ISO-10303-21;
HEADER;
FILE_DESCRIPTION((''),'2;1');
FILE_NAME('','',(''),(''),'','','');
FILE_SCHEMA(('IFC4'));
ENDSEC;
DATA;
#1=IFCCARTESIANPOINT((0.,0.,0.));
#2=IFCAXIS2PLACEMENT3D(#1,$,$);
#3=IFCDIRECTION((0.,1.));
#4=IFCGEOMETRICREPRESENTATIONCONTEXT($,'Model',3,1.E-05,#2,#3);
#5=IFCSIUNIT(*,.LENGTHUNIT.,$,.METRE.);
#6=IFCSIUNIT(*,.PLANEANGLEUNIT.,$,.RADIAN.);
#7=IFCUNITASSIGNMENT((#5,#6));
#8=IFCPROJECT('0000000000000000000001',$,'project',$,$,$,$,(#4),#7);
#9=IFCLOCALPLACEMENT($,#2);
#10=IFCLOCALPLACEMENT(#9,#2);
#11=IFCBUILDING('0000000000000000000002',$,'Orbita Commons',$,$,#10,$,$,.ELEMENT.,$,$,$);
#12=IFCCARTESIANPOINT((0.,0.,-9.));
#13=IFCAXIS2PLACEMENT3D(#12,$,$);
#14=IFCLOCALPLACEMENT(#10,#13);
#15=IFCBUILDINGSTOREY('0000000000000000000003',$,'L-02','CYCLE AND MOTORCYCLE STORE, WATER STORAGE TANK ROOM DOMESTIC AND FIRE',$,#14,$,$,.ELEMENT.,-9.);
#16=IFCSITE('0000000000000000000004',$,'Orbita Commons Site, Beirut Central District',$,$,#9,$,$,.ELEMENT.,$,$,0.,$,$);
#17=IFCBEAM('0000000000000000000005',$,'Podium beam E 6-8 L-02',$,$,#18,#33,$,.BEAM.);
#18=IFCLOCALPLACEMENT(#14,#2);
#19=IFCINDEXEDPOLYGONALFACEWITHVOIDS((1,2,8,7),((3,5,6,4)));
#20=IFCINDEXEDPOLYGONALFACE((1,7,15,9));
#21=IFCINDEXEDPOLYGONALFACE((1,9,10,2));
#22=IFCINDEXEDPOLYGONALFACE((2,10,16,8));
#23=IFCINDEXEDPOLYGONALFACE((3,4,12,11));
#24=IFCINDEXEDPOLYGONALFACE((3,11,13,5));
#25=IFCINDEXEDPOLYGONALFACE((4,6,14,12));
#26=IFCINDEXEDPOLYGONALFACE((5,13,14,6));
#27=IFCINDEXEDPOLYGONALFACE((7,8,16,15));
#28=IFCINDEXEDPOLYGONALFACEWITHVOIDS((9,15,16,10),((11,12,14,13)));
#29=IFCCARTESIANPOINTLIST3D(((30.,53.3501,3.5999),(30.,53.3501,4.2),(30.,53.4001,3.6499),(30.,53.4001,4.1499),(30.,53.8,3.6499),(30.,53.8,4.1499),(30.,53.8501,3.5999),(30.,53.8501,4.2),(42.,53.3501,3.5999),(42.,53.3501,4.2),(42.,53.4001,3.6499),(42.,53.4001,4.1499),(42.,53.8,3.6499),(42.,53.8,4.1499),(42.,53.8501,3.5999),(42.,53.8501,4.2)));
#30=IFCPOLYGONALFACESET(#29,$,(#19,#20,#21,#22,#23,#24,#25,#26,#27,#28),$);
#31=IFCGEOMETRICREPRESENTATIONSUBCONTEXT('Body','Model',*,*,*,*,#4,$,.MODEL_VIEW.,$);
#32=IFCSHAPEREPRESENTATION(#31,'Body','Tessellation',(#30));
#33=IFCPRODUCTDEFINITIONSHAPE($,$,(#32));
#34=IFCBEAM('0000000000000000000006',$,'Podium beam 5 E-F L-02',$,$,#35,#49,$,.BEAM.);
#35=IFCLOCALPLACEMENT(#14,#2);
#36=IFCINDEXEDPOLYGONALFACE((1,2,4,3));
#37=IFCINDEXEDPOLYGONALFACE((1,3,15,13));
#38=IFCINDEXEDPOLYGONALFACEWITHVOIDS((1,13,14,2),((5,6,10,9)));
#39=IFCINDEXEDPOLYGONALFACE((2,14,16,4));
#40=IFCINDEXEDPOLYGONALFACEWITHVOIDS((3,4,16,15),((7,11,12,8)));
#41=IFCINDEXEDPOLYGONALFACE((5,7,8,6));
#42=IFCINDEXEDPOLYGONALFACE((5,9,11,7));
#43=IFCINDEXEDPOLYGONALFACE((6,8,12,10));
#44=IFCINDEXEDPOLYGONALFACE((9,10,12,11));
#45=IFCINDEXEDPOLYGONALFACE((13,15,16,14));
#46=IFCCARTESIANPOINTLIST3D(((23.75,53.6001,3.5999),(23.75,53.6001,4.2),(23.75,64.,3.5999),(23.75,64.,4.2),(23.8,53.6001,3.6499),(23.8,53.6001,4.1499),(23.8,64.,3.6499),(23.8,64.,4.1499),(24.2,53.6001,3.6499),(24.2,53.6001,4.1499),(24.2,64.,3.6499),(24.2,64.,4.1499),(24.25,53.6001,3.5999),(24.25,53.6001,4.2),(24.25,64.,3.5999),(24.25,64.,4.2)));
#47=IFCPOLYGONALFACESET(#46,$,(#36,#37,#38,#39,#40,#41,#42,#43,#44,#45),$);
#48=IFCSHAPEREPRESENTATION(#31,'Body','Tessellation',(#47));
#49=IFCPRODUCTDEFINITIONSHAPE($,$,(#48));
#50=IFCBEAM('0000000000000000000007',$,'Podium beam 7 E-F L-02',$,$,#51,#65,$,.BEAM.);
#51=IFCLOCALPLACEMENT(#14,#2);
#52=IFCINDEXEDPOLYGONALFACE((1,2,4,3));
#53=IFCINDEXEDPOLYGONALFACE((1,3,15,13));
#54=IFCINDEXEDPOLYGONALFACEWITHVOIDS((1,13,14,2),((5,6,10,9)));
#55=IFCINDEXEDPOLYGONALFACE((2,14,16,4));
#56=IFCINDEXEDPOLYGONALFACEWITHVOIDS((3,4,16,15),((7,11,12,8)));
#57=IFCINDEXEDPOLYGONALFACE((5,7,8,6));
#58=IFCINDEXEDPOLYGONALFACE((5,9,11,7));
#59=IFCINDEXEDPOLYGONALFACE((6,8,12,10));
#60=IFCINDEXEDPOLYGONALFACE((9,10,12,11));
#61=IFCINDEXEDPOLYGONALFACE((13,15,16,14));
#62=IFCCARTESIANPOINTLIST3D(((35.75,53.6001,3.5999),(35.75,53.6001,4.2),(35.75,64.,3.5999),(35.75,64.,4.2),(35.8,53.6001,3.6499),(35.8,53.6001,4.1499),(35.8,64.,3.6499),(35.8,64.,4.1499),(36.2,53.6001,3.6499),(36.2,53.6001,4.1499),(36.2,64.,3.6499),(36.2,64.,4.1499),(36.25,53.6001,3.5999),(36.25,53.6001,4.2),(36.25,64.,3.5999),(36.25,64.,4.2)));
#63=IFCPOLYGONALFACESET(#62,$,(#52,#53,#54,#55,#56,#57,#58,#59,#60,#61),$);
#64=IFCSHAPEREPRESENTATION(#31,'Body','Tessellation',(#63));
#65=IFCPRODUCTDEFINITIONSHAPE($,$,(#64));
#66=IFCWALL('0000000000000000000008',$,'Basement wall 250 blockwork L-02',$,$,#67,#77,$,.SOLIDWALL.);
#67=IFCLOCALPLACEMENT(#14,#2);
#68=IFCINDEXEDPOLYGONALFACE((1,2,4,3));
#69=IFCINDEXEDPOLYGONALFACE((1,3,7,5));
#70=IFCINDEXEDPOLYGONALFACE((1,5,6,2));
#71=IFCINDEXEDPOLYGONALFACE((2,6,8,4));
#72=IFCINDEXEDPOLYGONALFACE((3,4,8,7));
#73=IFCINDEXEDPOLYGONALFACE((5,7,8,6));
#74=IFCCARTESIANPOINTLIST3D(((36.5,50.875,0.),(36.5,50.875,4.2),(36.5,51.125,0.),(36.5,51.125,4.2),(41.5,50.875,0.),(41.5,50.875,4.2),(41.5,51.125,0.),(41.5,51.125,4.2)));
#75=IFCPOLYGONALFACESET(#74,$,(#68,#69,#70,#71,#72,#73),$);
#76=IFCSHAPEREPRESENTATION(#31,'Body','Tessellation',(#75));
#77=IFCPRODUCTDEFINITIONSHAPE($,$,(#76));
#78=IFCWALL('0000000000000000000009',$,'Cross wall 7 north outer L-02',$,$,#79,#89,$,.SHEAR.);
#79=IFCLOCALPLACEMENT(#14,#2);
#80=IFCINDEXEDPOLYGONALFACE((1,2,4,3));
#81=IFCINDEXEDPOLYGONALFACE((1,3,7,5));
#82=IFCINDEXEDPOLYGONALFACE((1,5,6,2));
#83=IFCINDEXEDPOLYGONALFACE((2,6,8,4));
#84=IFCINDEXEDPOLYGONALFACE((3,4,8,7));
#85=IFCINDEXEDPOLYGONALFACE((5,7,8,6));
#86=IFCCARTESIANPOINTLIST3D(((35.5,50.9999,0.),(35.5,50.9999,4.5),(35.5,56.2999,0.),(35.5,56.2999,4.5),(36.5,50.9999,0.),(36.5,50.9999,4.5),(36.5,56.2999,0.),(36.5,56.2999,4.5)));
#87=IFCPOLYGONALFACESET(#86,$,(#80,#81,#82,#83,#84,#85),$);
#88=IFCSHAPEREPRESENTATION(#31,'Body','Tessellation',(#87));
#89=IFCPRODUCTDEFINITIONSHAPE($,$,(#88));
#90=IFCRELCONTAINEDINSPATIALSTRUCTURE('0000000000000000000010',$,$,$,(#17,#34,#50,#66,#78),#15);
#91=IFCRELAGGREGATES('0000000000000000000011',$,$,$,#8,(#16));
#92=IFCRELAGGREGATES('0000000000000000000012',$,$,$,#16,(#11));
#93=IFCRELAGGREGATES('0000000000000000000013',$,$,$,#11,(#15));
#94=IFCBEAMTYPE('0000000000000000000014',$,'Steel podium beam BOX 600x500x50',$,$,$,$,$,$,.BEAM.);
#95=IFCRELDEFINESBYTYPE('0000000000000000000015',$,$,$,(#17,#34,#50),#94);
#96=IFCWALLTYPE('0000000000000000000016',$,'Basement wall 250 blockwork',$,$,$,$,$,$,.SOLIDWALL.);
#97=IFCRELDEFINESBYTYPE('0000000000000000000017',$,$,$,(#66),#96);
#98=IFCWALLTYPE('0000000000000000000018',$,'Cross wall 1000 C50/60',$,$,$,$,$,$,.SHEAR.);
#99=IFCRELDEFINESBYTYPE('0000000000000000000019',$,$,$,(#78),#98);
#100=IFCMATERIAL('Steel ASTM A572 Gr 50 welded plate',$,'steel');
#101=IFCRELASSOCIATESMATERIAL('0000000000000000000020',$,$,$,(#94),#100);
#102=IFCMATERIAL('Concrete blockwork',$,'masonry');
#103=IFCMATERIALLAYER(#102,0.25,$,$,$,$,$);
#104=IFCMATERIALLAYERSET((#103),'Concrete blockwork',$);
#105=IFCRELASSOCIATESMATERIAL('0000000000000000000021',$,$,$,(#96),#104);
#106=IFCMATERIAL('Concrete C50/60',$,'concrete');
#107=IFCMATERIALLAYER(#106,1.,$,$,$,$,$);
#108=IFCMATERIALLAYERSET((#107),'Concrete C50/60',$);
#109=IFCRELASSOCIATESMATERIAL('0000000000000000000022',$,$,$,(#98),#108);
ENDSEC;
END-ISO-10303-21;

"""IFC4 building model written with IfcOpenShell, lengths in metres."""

from ifc_helpers import new_model, si_unit, direction, frame, frame_2d, origin, origin_2d, place, context, subcontext, project, spatial, rectangle, hollow_rectangle, extrude, material, layer, layer_set, material_profile, profile_set, type_object, element, save


model = new_model("IFC4")

# Units and contexts
model_context = context("Model", 3, precision=1e-05, world=origin(), true_north=direction((0.0, 1.0)))
body_context = subcontext(model_context, "Body", "Model", "MODEL_VIEW")
ifc_project = project(units=[si_unit("LENGTHUNIT", "METRE"), si_unit("PLANEANGLEUNIT", "RADIAN")], contexts=[model_context])

# Site, building, storey
site_placement = place(None, origin())
site = spatial("IfcSite", under=ifc_project, at=site_placement, Name="Orbita Commons Site, Beirut Central District", CompositionType="ELEMENT", RefElevation=0.0)
building_placement = place(site_placement, origin())
building = spatial("IfcBuilding", under=site, at=building_placement, Name="Orbita Commons", CompositionType="ELEMENT")
storey_placement = place(building_placement, frame((0.0, 0.0, -9.0)))
storey = spatial("IfcBuildingStorey", under=building, at=storey_placement, Name="L-02", Description="CYCLE AND MOTORCYCLE STORE, WATER STORAGE TANK ROOM DOMESTIC AND FIRE", CompositionType="ELEMENT", Elevation=-9.0)

# Beams
ifc_material_1 = material(Name="Steel ASTM A572 Gr 50 welded plate", Category="steel")
ifc_material_profile_1 = material_profile(ifc_material_1, hollow_rectangle(XDim=0.5, YDim=0.6001, WallThickness=0.05, at=origin_2d()), Name="BOX 600x500x50")
ifc_profile_set_1 = profile_set([ifc_material_profile_1], Name="Steel ASTM A572 Gr 50 welded plate")
beam_type_1 = type_object("IfcBeamType", Name="Steel podium beam BOX 600x500x50", PredefinedType="BEAM", material=ifc_profile_set_1)
for number, where, z_axis, x_axis, name in (
    (1, (30.0, 53.6001, 3.8999), (1.0, 0.0, 0.0), (0.0, 1.0, 0.0), "Podium beam E 6-8 L-02"),
):
    element("IfcBeam", number, at=place(storey_placement, frame(where, z_axis=z_axis, x_axis=x_axis)), inside=storey, type_object=beam_type_1, Name=name, PredefinedType="BEAM", context=body_context, shape_type="SweptSolid", body=[
        extrude(hollow_rectangle(XDim=0.5, YDim=0.6001, WallThickness=0.05, at=origin_2d()), origin(), (0.0, 0.0, 1.0), 12.0),
    ])
for number, where, z_axis, x_axis, name in (
    (2, (24.0, 53.6001, 3.8999), (0.0, 1.0, 0.0), (-1.0, 0.0, 0.0), "Podium beam 5 E-F L-02"),
    (3, (36.0, 53.6001, 3.8999), (0.0, 1.0, 0.0), (-1.0, 0.0, 0.0), "Podium beam 7 E-F L-02"),
):
    element("IfcBeam", number, at=place(storey_placement, frame(where, z_axis=z_axis, x_axis=x_axis)), inside=storey, type_object=beam_type_1, Name=name, PredefinedType="BEAM", context=body_context, shape_type="SweptSolid", body=[
        extrude(hollow_rectangle(XDim=0.5, YDim=0.6001, WallThickness=0.05, at=origin_2d()), origin(), (0.0, 0.0, 1.0), 10.3999),
    ])

# Walls
ifc_material_2 = material(Name="Concrete blockwork", Category="masonry")
ifc_layer_1 = layer(ifc_material_2, 0.25)
ifc_layer_set_1 = layer_set([ifc_layer_1], Name="Concrete blockwork")
wall_type_1 = type_object("IfcWallType", Name="Basement wall 250 blockwork", PredefinedType="SOLIDWALL", material=ifc_layer_set_1)
wall_1_placement = place(storey_placement, frame((36.5, 51.0, 0.0), z_axis=(0.0, 0.0, 1.0), x_axis=(1.0, 0.0, 0.0)))
element("IfcWall", 4, at=wall_1_placement, inside=storey, type_object=wall_type_1, Name="Basement wall 250 blockwork L-02", PredefinedType="SOLIDWALL", context=body_context, shape_type="SweptSolid", body=[
    extrude(rectangle(XDim=5.0, YDim=0.25, at=frame_2d((2.5, 0.0))), origin(), (0.0, 0.0, 1.0), 4.2),
])
ifc_material_3 = material(Name="Concrete C50/60", Category="concrete")
ifc_layer_2 = layer(ifc_material_3, 1.0)
ifc_layer_set_2 = layer_set([ifc_layer_2], Name="Concrete C50/60")
wall_type_2 = type_object("IfcWallType", Name="Cross wall 1000 C50/60", PredefinedType="SHEAR", material=ifc_layer_set_2)
wall_2_placement = place(storey_placement, frame((36.0, 51.0, 0.0), z_axis=(0.0, 0.0, 1.0), x_axis=(0.0, 1.0, 0.0)))
element("IfcWall", 5, at=wall_2_placement, inside=storey, type_object=wall_type_2, Name="Cross wall 7 north outer L-02", PredefinedType="SHEAR", context=body_context, shape_type="SweptSolid", body=[
    extrude(rectangle(XDim=5.3, YDim=1.0, at=frame_2d((2.6499, 0.0))), origin(), (0.0, 0.0, 1.0), 4.5),
])

save(model, "model.ifc")
